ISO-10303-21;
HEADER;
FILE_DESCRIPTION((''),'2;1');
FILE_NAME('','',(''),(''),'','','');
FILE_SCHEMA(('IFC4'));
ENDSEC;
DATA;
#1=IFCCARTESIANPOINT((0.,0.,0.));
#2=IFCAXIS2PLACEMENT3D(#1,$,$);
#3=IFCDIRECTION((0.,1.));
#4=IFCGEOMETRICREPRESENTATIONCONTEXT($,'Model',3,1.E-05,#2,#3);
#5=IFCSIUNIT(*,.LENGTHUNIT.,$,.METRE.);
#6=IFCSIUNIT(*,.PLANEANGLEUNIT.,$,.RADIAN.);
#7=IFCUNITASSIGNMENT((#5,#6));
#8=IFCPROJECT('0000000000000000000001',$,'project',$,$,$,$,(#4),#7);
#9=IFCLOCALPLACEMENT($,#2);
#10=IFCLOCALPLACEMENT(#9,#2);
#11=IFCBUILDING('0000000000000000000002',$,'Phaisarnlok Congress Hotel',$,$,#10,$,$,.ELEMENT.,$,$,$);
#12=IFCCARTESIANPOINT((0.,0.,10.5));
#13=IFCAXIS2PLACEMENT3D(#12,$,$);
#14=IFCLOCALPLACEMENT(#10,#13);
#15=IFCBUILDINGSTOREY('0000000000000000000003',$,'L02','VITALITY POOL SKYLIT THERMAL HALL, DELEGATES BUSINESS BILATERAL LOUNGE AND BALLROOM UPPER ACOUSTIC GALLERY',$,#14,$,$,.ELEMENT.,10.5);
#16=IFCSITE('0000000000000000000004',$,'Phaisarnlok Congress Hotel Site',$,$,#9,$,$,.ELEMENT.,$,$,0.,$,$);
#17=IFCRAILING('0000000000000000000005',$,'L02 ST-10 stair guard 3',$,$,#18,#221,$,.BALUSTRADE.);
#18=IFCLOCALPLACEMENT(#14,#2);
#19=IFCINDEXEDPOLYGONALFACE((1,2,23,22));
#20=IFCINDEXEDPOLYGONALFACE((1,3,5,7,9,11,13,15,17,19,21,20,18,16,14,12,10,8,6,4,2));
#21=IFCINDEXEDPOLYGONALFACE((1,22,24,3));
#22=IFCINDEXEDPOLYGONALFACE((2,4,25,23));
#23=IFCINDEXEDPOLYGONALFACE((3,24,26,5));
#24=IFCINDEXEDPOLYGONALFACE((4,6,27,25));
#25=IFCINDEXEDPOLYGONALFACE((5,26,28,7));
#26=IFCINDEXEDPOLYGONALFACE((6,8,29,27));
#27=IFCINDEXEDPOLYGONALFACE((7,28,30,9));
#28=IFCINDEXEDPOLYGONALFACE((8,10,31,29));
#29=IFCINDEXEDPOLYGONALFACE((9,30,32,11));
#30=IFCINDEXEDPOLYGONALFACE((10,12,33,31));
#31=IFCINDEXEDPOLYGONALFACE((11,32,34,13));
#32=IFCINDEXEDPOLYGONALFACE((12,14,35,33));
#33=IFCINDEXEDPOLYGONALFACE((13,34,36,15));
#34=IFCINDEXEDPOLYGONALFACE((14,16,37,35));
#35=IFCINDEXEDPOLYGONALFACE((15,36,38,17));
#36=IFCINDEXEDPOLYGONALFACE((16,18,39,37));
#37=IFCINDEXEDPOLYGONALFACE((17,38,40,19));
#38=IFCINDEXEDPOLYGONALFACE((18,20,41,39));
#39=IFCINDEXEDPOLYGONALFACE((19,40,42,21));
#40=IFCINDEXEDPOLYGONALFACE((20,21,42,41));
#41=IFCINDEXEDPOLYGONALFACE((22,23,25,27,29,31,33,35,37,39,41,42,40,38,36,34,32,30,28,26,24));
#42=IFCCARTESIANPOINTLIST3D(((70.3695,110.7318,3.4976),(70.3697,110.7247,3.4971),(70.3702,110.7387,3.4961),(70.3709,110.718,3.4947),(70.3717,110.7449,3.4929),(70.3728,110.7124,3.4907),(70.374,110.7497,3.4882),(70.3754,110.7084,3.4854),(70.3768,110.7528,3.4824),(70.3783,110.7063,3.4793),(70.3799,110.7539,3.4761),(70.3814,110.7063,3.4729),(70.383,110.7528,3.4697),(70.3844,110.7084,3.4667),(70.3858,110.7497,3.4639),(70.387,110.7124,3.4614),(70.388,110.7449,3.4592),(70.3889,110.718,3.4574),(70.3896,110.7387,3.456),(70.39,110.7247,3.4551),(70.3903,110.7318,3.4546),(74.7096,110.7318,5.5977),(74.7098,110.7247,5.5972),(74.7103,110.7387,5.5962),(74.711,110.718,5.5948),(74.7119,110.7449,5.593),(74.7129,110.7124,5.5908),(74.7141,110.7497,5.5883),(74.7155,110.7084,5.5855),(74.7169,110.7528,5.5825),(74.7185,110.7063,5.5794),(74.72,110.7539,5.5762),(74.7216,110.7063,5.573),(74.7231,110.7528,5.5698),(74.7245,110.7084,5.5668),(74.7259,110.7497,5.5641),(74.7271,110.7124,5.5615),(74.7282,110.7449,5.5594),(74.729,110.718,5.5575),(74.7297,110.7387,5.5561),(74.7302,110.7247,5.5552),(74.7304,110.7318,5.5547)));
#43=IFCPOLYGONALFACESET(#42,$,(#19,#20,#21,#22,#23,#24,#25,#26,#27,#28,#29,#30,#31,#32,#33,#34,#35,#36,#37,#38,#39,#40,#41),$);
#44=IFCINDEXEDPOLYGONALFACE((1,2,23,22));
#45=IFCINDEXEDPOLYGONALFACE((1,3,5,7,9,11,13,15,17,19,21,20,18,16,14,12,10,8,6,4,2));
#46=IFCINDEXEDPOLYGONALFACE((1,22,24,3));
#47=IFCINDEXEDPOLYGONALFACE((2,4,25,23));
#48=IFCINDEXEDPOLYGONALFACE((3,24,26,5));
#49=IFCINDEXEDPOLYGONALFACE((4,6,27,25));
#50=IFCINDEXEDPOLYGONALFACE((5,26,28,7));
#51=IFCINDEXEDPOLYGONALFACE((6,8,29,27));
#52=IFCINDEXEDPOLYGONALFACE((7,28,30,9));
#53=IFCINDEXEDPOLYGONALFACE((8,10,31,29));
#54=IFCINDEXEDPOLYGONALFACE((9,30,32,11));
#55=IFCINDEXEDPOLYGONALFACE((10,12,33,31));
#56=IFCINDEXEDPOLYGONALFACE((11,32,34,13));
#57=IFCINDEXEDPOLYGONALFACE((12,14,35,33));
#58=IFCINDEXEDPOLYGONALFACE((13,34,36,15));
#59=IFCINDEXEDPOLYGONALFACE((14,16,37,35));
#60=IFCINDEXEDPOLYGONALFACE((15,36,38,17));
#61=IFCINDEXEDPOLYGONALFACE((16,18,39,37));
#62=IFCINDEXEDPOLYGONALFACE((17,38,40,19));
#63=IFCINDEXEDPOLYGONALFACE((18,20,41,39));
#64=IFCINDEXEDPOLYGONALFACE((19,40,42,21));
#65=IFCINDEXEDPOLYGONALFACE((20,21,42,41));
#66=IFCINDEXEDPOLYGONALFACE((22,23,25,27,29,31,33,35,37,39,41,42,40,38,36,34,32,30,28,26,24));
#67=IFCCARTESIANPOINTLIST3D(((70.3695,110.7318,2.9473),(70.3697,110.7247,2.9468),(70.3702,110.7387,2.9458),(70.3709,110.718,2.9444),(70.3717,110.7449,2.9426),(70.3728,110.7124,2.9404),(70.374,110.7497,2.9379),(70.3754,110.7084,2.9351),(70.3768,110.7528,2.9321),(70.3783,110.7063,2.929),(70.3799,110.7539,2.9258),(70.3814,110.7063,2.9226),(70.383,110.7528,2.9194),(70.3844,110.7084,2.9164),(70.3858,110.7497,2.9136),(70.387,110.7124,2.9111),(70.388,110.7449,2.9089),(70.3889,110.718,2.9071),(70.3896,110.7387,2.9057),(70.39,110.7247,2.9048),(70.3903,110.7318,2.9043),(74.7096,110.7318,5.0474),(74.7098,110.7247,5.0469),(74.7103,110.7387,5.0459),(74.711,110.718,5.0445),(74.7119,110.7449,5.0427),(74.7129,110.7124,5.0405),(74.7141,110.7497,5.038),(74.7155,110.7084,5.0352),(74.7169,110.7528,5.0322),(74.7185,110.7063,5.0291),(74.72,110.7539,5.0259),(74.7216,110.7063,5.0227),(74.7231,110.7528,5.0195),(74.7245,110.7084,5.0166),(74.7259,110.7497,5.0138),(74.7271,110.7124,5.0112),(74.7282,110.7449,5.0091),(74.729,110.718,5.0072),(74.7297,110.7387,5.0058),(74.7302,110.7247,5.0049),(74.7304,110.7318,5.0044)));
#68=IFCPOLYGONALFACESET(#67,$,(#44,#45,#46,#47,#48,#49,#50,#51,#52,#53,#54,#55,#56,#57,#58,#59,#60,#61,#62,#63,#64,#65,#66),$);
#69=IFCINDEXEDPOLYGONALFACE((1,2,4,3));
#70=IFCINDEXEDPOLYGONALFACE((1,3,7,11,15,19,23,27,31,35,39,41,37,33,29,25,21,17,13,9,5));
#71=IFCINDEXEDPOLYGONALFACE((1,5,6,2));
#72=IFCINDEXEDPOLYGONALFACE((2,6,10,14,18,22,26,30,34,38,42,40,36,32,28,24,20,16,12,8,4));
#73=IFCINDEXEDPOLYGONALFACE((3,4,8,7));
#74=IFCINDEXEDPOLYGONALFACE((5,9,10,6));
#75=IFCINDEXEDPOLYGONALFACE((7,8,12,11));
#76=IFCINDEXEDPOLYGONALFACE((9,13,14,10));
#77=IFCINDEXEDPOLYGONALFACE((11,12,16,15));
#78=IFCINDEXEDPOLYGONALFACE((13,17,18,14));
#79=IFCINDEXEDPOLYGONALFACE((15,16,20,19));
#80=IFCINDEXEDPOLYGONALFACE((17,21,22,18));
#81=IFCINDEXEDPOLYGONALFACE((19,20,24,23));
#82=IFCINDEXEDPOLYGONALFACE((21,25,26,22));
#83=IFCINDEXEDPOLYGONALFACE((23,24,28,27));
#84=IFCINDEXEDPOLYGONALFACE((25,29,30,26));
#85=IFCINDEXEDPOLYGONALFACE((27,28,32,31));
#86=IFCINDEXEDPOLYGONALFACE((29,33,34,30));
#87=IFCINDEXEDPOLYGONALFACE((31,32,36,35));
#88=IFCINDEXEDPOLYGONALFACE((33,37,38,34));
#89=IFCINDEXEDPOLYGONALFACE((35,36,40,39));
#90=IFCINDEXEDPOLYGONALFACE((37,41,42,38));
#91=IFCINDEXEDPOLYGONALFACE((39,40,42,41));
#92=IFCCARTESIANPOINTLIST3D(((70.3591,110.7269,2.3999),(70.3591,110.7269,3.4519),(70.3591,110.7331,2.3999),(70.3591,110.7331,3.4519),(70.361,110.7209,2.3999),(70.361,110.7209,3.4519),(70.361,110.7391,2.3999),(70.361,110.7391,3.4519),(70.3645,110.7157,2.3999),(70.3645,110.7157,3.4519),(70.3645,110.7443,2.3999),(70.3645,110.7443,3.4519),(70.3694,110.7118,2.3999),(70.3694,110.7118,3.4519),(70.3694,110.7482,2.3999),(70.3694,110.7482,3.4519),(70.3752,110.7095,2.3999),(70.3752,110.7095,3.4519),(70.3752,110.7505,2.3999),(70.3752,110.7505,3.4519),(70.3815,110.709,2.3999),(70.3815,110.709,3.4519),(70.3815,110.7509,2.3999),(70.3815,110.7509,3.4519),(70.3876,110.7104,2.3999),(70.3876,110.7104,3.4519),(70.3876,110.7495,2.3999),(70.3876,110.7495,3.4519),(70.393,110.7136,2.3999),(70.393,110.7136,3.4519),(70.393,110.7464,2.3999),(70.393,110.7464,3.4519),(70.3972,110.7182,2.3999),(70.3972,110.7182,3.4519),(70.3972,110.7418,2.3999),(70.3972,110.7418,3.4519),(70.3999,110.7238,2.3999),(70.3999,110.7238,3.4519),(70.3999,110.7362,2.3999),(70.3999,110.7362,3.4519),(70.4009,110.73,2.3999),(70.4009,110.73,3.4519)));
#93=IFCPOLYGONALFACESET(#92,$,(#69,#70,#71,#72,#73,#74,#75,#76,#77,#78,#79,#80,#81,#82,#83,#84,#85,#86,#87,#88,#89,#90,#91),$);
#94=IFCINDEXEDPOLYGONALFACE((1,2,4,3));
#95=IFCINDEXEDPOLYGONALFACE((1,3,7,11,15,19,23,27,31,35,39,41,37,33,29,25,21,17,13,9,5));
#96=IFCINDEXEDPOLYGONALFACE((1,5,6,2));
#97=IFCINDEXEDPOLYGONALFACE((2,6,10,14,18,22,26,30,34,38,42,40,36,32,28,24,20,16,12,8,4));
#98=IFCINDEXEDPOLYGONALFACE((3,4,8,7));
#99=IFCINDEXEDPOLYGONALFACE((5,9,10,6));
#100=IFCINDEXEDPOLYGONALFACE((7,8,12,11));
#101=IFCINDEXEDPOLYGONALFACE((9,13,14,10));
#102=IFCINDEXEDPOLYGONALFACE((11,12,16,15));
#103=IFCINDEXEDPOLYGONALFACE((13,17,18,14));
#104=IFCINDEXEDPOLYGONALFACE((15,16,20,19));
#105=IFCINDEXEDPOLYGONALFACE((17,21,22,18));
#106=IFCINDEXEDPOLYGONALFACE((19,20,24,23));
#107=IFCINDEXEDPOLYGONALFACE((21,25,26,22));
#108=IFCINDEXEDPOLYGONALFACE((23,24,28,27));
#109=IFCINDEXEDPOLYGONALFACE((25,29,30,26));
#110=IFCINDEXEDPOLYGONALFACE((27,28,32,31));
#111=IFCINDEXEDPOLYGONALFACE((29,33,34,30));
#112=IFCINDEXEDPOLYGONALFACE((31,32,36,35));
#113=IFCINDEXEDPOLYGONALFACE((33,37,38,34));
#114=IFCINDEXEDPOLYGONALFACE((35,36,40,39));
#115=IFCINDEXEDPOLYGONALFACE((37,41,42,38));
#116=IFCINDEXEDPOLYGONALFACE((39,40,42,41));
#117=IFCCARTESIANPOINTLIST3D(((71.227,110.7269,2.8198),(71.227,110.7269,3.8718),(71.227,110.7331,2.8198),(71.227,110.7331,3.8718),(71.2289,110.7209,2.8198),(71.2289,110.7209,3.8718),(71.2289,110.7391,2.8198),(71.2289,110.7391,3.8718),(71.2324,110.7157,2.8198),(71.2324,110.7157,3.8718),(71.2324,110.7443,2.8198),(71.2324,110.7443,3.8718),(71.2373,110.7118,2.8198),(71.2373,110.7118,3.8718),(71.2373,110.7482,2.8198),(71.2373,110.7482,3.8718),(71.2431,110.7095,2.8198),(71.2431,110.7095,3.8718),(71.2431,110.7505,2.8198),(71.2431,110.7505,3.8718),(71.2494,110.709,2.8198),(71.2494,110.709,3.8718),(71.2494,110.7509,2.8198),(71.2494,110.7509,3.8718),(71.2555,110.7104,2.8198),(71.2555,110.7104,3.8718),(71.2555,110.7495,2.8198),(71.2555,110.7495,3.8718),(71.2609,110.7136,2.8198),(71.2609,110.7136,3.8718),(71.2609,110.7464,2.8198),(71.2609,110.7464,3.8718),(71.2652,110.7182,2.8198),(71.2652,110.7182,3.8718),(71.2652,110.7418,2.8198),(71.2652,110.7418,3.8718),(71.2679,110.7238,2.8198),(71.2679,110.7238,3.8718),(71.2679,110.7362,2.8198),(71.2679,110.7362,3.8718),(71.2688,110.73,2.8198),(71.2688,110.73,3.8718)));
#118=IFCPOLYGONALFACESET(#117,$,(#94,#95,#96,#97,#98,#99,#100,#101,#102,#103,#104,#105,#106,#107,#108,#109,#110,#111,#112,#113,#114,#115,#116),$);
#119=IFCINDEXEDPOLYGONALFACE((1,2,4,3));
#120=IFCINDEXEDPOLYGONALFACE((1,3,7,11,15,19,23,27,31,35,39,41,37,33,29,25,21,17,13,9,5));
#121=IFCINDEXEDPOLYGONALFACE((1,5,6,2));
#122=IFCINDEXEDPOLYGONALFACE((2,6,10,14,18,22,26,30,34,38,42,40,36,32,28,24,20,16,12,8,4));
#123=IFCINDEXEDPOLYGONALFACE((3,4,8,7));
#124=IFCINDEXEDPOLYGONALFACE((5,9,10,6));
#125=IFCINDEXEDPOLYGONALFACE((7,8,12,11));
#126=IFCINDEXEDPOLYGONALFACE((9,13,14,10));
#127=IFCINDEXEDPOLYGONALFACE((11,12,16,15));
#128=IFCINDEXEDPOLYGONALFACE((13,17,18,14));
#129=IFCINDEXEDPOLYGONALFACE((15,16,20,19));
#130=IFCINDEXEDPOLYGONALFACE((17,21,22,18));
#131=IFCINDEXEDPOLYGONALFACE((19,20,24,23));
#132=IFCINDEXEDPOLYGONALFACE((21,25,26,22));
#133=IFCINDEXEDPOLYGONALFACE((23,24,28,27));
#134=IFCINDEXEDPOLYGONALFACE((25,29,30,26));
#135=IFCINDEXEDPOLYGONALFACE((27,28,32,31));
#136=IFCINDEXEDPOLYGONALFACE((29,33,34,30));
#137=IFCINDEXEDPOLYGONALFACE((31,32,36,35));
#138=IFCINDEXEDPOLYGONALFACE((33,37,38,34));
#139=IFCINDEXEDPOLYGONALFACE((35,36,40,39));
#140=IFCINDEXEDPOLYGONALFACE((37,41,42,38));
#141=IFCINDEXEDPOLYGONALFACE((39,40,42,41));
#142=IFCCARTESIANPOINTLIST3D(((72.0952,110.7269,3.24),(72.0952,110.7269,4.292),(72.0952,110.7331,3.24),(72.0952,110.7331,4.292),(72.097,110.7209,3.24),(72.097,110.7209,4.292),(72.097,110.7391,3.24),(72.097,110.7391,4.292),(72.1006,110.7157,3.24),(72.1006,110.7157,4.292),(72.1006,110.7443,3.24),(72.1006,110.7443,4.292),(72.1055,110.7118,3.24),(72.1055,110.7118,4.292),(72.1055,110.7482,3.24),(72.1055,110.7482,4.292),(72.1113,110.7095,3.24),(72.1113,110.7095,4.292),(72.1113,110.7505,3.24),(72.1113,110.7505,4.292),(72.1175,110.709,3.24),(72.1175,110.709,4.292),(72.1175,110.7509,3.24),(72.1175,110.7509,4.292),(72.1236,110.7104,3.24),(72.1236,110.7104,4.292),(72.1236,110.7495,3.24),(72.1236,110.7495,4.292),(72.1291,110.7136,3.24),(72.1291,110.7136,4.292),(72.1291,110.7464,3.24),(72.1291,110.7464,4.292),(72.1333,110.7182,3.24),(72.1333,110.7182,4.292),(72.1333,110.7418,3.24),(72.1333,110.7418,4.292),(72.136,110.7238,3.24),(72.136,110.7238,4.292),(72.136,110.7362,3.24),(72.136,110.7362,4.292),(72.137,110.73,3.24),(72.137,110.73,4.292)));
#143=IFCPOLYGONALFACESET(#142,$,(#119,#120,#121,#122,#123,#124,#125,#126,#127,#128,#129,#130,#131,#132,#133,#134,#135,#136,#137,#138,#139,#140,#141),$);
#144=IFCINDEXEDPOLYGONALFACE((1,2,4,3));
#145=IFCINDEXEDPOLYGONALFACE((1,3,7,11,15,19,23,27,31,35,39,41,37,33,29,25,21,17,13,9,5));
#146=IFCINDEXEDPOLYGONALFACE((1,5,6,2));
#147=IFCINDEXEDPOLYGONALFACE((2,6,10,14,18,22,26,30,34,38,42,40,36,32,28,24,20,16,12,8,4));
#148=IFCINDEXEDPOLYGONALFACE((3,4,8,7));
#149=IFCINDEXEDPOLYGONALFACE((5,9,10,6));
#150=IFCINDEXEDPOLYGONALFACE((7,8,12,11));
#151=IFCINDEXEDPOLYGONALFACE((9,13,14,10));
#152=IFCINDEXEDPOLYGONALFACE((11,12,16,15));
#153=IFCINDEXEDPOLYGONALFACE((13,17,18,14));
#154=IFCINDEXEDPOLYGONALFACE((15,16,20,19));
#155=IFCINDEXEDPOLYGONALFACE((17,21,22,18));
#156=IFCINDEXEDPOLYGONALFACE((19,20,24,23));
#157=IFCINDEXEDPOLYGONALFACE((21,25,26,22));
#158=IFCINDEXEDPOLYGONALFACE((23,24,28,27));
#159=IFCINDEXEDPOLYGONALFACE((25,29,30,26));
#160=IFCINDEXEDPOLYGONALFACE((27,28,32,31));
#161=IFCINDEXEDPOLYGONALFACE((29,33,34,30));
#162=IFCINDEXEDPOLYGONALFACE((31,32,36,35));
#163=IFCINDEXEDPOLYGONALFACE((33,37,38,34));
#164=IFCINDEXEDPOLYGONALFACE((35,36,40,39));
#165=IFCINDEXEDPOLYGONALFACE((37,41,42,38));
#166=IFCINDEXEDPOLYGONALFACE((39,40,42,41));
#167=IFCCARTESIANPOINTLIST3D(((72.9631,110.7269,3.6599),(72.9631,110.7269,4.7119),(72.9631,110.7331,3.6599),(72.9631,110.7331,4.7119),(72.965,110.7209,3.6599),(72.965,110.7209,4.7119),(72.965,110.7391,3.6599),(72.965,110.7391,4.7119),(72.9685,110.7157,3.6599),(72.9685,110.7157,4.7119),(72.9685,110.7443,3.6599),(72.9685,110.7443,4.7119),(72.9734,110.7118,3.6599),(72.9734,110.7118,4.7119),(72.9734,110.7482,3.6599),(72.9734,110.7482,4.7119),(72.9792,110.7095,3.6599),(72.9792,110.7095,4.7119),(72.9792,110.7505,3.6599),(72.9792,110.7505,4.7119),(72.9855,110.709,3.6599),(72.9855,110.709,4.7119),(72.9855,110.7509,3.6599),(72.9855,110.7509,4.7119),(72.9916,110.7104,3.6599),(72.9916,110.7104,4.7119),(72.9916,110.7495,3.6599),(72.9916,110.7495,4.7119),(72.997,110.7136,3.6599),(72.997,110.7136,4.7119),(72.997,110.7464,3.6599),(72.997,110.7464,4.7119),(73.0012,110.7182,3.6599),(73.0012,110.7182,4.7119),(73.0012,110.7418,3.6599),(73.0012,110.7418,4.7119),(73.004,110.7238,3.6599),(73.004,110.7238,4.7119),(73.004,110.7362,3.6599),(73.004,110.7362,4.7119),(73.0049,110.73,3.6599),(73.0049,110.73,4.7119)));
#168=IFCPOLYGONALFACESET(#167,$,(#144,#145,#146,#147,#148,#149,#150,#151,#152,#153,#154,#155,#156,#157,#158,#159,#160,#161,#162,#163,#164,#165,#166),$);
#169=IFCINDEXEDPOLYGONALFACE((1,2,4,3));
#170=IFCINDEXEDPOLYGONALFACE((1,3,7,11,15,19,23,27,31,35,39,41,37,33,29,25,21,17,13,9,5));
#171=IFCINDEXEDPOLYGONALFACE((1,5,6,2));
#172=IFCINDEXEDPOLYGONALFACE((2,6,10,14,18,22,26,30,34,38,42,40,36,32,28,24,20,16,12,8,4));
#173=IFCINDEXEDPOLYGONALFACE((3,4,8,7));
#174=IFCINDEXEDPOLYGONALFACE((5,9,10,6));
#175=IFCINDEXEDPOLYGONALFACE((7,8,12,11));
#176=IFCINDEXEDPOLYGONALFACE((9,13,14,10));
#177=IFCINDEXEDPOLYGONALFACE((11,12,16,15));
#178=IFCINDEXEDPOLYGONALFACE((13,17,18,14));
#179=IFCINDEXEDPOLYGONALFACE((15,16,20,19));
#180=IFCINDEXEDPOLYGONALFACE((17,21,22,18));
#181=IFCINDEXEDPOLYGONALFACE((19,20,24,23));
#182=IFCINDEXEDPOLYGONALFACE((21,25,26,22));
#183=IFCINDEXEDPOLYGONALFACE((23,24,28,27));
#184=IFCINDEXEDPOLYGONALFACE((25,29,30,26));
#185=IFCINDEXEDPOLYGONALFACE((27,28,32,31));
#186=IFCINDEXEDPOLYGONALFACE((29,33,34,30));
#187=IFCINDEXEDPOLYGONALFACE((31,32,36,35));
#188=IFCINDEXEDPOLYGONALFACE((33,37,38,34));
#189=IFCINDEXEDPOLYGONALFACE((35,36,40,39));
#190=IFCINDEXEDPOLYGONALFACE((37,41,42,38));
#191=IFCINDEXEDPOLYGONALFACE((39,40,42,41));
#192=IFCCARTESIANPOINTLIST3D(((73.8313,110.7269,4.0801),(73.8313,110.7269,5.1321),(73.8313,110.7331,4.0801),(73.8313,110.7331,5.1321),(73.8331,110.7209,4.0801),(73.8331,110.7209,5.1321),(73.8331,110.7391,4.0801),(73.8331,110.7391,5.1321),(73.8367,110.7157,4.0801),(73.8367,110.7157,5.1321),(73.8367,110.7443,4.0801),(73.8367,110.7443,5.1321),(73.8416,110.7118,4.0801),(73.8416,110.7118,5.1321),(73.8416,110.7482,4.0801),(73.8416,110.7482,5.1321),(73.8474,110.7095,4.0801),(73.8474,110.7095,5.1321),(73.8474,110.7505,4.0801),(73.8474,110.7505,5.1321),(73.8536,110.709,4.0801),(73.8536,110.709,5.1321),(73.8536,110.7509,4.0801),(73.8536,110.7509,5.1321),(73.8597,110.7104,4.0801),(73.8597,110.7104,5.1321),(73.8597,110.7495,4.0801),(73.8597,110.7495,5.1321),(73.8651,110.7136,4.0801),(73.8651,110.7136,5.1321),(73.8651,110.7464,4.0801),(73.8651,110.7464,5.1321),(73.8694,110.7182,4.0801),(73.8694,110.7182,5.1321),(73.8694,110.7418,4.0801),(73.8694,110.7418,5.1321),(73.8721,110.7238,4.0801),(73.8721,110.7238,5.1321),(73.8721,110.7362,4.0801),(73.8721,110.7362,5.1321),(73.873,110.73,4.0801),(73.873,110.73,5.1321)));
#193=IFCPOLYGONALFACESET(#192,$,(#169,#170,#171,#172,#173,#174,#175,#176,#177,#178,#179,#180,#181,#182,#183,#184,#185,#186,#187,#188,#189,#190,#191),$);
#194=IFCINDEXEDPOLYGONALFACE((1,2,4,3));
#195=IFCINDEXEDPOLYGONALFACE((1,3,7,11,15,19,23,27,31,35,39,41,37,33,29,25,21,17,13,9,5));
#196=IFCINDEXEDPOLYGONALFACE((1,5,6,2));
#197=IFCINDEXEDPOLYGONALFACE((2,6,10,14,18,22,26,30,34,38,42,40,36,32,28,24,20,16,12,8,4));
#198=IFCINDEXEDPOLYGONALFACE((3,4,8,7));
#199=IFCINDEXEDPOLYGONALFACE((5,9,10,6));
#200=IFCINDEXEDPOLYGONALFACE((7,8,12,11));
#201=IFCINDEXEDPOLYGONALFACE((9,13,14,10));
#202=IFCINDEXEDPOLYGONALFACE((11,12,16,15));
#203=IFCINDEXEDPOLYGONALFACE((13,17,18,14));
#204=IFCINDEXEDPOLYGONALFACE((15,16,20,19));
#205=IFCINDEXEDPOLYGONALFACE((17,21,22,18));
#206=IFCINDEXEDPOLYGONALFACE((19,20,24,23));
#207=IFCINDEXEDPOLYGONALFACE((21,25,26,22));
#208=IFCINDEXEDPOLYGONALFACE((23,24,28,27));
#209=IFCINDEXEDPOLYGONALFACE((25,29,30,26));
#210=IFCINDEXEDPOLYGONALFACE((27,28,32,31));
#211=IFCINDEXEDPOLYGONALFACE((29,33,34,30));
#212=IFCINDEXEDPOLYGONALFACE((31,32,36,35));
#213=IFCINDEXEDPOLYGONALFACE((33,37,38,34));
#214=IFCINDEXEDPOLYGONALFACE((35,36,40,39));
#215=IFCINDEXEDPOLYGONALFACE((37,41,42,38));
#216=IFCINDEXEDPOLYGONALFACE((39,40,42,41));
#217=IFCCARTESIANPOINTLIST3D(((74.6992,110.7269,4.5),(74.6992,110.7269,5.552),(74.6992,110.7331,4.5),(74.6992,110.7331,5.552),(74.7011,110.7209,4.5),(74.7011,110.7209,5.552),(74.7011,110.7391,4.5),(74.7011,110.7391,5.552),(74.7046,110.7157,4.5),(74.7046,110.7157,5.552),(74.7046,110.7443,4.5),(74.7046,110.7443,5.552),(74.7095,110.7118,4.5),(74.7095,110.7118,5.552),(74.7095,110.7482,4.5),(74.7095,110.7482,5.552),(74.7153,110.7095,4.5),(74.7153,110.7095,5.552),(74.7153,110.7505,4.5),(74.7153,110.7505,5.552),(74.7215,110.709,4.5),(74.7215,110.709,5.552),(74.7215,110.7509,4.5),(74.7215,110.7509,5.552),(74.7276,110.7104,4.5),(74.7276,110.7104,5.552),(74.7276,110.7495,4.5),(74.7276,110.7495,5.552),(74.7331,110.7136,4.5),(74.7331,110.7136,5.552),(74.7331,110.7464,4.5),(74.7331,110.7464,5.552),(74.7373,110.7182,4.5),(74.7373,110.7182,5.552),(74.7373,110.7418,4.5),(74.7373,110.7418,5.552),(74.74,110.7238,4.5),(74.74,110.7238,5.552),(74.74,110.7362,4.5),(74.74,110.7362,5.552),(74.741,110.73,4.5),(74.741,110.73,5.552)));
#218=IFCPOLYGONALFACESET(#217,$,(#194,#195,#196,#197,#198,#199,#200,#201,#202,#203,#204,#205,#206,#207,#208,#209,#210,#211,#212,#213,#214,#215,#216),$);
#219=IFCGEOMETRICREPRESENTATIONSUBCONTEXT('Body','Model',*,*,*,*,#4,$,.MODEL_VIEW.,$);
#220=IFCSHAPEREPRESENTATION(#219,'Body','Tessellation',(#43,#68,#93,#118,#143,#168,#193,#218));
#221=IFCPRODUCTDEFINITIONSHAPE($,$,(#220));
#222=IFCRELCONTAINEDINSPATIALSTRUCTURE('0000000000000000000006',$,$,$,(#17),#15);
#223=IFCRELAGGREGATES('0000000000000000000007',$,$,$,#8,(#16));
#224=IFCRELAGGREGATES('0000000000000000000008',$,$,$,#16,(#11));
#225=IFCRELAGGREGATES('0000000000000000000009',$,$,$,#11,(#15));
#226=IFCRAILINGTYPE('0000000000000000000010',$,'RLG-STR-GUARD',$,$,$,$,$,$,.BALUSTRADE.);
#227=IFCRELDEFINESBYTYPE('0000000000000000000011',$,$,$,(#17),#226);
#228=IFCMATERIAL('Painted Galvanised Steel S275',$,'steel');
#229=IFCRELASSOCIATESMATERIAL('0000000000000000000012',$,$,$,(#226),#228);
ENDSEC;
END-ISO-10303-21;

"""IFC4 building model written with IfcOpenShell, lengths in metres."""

from ifc_helpers import new_model, si_unit, direction, frame, origin, origin_2d, place, context, subcontext, project, spatial, circle, extrude, material, type_object, element, save


model = new_model("IFC4")

# Units and contexts
model_context = context("Model", 3, precision=1e-05, world=origin(), true_north=direction((0.0, 1.0)))
body_context = subcontext(model_context, "Body", "Model", "MODEL_VIEW")
ifc_project = project(units=[si_unit("LENGTHUNIT", "METRE"), si_unit("PLANEANGLEUNIT", "RADIAN")], contexts=[model_context])

# Site, building, storey
site_placement = place(None, origin())
site = spatial("IfcSite", under=ifc_project, at=site_placement, Name="Phaisarnlok Congress Hotel Site", CompositionType="ELEMENT", RefElevation=0.0)
building_placement = place(site_placement, origin())
building = spatial("IfcBuilding", under=site, at=building_placement, Name="Phaisarnlok Congress Hotel", CompositionType="ELEMENT")
storey_placement = place(building_placement, frame((0.0, 0.0, 10.5)))
storey = spatial("IfcBuildingStorey", under=building, at=storey_placement, Name="L02", Description="VITALITY POOL SKYLIT THERMAL HALL, DELEGATES BUSINESS BILATERAL LOUNGE AND BALLROOM UPPER ACOUSTIC GALLERY", CompositionType="ELEMENT", Elevation=10.5)

# Railing
ifc_material_1 = material(Name="Painted Galvanised Steel S275", Category="steel")
railing_type_1 = type_object("IfcRailingType", Name="RLG-STR-GUARD", PredefinedType="BALUSTRADE", material=ifc_material_1)
railing_1_placement = place(storey_placement, frame((70.3799, 110.73, 2.3999)))
element("IfcRailing", 1, at=railing_1_placement, inside=storey, type_object=railing_type_1, Name="L02 ST-10 stair guard 3", PredefinedType="BALUSTRADE", context=body_context, shape_type="SweptSolid", body=[
    extrude(circle(Radius=0.0239, at=origin_2d()), frame((0.0, 0.0, 1.0762), z_axis=(0.900155, 0.0, 0.43557), x_axis=(0.0, 1.0, 0.0)), (0.0, 0.0, 1.0), 4.8215),
    extrude(circle(Radius=0.0239, at=origin_2d()), frame((0.0, 0.0, 0.5259), z_axis=(0.900155, 0.0, 0.43557), x_axis=(0.0, 1.0, 0.0)), (0.0, 0.0, 1.0), 4.8215),
    extrude(circle(Radius=0.021, at=origin_2d()), origin(), (0.0, 0.0, 1.0), 1.052),
    extrude(circle(Radius=0.021, at=origin_2d()), frame((0.8679, 0.0, 0.4199)), (0.0, 0.0, 1.0), 1.052),
    extrude(circle(Radius=0.021, at=origin_2d()), frame((1.7361, 0.0, 0.8401)), (0.0, 0.0, 1.0), 1.052),
    extrude(circle(Radius=0.021, at=origin_2d()), frame((2.604, 0.0, 1.26)), (0.0, 0.0, 1.0), 1.052),
    extrude(circle(Radius=0.021, at=origin_2d()), frame((3.4722, 0.0, 1.6802)), (0.0, 0.0, 1.0), 1.052),
    extrude(circle(Radius=0.021, at=origin_2d()), frame((4.3401, 0.0, 2.1001)), (0.0, 0.0, 1.0), 1.052),
])

save(model, "model.ifc")
